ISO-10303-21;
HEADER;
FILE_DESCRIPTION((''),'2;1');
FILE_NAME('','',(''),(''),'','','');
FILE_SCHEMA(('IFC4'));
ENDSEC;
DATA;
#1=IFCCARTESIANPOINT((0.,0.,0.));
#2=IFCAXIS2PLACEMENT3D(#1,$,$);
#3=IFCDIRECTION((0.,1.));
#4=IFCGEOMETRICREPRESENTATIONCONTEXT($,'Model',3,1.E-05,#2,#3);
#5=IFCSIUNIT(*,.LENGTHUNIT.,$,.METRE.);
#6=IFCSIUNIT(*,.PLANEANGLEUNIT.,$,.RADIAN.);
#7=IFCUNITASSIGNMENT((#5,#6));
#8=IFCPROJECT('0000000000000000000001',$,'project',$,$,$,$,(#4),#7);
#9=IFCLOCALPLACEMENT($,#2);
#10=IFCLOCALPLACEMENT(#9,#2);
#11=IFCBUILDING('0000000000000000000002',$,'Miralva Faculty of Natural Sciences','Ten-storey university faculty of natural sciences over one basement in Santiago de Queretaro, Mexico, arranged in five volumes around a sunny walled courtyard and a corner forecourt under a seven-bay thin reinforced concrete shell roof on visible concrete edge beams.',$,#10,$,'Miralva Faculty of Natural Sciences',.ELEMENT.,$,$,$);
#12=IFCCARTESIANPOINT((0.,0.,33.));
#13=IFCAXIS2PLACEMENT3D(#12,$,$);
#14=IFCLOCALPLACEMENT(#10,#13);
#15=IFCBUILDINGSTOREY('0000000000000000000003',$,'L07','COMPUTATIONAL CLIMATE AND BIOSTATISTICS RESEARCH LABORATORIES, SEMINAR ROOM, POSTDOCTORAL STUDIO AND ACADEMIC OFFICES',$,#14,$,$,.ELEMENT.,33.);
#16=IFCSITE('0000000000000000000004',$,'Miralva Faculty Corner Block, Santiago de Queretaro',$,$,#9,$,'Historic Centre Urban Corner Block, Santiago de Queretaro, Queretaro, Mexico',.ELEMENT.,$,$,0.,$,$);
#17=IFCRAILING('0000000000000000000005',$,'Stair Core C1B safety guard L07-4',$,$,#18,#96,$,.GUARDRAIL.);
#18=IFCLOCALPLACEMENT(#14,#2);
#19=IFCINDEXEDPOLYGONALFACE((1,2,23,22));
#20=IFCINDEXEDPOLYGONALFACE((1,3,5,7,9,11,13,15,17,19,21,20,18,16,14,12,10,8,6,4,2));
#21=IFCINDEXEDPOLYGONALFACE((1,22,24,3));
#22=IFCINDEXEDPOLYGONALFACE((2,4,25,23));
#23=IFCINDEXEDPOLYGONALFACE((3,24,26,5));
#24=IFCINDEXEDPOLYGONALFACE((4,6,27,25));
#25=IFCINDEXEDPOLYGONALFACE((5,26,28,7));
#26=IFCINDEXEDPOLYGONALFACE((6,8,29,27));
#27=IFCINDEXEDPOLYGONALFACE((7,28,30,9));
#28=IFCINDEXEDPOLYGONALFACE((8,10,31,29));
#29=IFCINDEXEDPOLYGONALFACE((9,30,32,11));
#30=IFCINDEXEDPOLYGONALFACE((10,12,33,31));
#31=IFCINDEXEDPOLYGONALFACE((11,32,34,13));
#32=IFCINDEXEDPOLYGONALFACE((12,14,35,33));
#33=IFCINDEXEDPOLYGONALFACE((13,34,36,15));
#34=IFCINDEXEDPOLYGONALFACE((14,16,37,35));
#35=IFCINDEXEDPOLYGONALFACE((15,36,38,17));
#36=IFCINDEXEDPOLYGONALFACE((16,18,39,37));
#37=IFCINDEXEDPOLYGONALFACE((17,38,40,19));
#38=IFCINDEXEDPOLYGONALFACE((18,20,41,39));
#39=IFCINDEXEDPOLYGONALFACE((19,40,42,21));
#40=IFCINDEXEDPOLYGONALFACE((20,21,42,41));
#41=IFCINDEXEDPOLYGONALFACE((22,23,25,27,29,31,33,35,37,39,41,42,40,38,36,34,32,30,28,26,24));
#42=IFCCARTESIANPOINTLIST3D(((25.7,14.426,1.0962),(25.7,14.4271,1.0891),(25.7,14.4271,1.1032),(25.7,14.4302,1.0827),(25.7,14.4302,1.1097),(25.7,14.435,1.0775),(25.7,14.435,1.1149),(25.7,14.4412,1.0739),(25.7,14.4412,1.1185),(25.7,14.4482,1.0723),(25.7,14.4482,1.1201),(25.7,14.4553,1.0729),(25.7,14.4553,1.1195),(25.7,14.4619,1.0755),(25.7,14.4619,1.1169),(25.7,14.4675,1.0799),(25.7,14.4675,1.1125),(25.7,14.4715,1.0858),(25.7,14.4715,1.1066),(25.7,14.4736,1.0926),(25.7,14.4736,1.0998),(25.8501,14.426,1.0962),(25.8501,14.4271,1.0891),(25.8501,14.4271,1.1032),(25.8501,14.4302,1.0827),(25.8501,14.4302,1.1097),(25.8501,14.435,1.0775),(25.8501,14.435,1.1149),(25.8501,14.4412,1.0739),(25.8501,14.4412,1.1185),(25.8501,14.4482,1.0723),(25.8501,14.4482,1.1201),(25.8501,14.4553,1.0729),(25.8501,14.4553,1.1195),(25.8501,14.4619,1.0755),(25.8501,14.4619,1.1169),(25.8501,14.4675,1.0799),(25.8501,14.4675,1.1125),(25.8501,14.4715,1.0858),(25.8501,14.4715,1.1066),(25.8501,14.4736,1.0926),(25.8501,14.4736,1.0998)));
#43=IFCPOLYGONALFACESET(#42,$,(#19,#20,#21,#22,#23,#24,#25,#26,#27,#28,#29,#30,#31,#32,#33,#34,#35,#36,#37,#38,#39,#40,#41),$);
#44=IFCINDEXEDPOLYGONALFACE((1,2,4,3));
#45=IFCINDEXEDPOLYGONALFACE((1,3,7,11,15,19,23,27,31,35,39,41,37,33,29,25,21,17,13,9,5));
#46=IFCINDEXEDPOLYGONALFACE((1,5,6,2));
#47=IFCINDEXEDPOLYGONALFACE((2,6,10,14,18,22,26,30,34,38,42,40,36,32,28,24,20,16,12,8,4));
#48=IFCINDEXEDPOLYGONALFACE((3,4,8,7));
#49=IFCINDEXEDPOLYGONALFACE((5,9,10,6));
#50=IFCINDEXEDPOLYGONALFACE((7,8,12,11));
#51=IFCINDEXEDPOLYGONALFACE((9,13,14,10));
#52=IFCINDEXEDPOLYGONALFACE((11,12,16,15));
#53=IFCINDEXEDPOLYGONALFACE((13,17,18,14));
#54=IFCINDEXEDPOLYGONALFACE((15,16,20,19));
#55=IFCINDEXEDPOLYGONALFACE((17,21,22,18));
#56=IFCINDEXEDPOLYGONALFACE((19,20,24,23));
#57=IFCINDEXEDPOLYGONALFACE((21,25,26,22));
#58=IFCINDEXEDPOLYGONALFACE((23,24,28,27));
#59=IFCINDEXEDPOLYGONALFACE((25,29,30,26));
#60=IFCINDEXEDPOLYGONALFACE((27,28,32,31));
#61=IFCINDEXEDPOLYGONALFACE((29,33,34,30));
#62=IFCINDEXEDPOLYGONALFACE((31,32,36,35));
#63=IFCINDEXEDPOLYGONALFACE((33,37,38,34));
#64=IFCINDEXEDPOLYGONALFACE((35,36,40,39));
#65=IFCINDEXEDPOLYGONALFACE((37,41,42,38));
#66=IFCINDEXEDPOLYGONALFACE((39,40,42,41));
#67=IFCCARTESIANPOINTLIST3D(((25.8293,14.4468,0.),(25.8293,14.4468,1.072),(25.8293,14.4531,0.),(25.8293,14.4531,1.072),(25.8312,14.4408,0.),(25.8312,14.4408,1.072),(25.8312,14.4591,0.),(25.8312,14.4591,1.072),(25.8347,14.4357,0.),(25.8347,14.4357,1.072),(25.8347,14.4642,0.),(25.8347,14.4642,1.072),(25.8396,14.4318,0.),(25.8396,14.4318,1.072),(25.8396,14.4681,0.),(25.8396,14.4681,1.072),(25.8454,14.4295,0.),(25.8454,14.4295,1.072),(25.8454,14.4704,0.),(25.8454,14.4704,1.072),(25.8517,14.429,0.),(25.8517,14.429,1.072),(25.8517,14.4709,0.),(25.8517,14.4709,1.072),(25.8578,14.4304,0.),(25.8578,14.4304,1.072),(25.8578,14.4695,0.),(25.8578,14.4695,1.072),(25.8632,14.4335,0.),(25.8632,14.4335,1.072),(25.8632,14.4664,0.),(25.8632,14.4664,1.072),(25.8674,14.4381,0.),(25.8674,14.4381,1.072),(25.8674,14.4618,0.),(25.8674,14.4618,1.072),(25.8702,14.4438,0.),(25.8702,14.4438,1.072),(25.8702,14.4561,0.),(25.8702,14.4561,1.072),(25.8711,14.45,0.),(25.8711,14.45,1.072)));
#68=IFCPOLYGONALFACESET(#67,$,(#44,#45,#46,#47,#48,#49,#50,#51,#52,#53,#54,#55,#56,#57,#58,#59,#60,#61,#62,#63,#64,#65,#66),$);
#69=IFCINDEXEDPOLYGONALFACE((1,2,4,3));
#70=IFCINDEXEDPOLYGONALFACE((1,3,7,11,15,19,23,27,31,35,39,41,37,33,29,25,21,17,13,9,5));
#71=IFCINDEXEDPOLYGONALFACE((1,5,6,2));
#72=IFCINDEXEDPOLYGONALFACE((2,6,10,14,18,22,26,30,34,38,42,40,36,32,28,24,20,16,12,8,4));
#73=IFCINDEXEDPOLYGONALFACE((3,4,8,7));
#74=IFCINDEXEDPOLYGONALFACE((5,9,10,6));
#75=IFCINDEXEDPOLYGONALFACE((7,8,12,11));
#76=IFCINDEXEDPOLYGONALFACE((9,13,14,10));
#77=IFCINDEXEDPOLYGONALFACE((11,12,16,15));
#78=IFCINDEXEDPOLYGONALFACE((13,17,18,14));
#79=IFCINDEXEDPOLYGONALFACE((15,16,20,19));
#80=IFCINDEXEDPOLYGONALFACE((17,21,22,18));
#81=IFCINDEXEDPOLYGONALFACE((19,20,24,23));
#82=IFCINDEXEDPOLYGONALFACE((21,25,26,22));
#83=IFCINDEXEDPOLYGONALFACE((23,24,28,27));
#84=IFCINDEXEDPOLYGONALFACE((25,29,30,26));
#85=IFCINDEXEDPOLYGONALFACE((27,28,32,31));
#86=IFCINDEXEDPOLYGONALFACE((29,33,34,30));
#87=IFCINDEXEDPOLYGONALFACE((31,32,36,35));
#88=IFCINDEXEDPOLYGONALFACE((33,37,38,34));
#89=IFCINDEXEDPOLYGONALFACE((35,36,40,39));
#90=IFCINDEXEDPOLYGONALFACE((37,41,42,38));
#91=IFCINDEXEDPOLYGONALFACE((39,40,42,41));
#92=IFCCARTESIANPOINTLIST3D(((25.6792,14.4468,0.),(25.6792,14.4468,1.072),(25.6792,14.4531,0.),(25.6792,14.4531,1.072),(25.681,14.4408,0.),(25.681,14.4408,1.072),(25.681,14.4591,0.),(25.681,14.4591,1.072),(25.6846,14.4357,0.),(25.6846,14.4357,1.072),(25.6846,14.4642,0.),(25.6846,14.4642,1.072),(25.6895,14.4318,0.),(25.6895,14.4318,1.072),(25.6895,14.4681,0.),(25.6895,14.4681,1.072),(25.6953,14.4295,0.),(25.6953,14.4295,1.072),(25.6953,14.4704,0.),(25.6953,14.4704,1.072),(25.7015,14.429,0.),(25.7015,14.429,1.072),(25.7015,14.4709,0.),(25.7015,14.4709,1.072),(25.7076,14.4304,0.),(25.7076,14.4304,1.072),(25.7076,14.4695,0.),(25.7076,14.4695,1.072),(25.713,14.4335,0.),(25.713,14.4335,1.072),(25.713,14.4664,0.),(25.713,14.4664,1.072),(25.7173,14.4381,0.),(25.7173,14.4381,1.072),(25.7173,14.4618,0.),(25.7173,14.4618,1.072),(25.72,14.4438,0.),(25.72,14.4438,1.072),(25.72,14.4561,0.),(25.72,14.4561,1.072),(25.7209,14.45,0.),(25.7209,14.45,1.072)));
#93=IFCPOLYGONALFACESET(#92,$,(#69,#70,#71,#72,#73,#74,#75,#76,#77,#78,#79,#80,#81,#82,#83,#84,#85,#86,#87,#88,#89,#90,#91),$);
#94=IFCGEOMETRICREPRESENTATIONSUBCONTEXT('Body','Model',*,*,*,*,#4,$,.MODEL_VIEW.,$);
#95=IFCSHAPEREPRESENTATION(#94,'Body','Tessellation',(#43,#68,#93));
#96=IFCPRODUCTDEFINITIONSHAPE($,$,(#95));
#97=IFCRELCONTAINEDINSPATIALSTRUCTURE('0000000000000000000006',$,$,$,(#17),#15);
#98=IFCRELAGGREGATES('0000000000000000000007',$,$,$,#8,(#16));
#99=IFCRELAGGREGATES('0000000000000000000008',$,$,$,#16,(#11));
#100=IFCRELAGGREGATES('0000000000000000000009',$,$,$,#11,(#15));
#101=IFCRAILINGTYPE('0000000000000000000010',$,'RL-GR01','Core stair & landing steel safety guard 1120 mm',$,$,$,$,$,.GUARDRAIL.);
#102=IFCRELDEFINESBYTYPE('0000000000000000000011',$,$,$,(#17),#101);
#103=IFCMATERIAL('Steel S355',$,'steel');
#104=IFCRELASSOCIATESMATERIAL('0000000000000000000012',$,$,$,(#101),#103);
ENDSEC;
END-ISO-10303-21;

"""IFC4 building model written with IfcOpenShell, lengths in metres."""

from ifc_helpers import new_model, si_unit, direction, frame, origin, origin_2d, place, context, subcontext, project, spatial, circle, extrude, material, type_object, element, save


model = new_model("IFC4")

# Units and contexts
model_context = context("Model", 3, precision=1e-05, world=origin(), true_north=direction((0.0, 1.0)))
body_context = subcontext(model_context, "Body", "Model", "MODEL_VIEW")
ifc_project = project(units=[si_unit("LENGTHUNIT", "METRE"), si_unit("PLANEANGLEUNIT", "RADIAN")], contexts=[model_context])

# Site, building, storey
site_placement = place(None, origin())
site = spatial("IfcSite", under=ifc_project, at=site_placement, Name="Miralva Faculty Corner Block, Santiago de Queretaro", LongName="Historic Centre Urban Corner Block, Santiago de Queretaro, Queretaro, Mexico", CompositionType="ELEMENT", RefElevation=0.0)
building_placement = place(site_placement, origin())
building = spatial("IfcBuilding", under=site, at=building_placement, Name="Miralva Faculty of Natural Sciences", Description="Ten-storey university faculty of natural sciences over one basement in Santiago de Queretaro, Mexico, arranged in five volumes around a sunny walled courtyard and a corner forecourt under a seven-bay thin reinforced concrete shell roof on visible concrete edge beams.", LongName="Miralva Faculty of Natural Sciences", CompositionType="ELEMENT")
storey_placement = place(building_placement, frame((0.0, 0.0, 33.0)))
storey = spatial("IfcBuildingStorey", under=building, at=storey_placement, Name="L07", Description="COMPUTATIONAL CLIMATE AND BIOSTATISTICS RESEARCH LABORATORIES, SEMINAR ROOM, POSTDOCTORAL STUDIO AND ACADEMIC OFFICES", CompositionType="ELEMENT", Elevation=33.0)

# Railing
ifc_material_1 = material(Name="Steel S355", Category="steel")
railing_type_1 = type_object("IfcRailingType", Name="RL-GR01", Description="Core stair & landing steel safety guard 1120 mm", PredefinedType="GUARDRAIL", material=ifc_material_1)
railing_1_placement = place(storey_placement, frame((25.8501, 14.45, 0.0)))
element("IfcRailing", 1, at=railing_1_placement, inside=storey, type_object=railing_type_1, Name="Stair Core C1B safety guard L07-4", PredefinedType="GUARDRAIL", context=body_context, shape_type="SweptSolid", body=[
    extrude(circle(Radius=0.0239, at=origin_2d()), frame((0.0, 0.0, 1.0962), z_axis=(-1.0, 0.0, 0.0), x_axis=(0.0, -1.0, 0.0)), (0.0, 0.0, 1.0), 0.1501),
    extrude(circle(Radius=0.021, at=origin_2d()), origin(), (0.0, 0.0, 1.0), 1.072),
    extrude(circle(Radius=0.021, at=origin_2d()), frame((-0.1501, 0.0, 0.0)), (0.0, 0.0, 1.0), 1.072),
])

save(model, "model.ifc")
